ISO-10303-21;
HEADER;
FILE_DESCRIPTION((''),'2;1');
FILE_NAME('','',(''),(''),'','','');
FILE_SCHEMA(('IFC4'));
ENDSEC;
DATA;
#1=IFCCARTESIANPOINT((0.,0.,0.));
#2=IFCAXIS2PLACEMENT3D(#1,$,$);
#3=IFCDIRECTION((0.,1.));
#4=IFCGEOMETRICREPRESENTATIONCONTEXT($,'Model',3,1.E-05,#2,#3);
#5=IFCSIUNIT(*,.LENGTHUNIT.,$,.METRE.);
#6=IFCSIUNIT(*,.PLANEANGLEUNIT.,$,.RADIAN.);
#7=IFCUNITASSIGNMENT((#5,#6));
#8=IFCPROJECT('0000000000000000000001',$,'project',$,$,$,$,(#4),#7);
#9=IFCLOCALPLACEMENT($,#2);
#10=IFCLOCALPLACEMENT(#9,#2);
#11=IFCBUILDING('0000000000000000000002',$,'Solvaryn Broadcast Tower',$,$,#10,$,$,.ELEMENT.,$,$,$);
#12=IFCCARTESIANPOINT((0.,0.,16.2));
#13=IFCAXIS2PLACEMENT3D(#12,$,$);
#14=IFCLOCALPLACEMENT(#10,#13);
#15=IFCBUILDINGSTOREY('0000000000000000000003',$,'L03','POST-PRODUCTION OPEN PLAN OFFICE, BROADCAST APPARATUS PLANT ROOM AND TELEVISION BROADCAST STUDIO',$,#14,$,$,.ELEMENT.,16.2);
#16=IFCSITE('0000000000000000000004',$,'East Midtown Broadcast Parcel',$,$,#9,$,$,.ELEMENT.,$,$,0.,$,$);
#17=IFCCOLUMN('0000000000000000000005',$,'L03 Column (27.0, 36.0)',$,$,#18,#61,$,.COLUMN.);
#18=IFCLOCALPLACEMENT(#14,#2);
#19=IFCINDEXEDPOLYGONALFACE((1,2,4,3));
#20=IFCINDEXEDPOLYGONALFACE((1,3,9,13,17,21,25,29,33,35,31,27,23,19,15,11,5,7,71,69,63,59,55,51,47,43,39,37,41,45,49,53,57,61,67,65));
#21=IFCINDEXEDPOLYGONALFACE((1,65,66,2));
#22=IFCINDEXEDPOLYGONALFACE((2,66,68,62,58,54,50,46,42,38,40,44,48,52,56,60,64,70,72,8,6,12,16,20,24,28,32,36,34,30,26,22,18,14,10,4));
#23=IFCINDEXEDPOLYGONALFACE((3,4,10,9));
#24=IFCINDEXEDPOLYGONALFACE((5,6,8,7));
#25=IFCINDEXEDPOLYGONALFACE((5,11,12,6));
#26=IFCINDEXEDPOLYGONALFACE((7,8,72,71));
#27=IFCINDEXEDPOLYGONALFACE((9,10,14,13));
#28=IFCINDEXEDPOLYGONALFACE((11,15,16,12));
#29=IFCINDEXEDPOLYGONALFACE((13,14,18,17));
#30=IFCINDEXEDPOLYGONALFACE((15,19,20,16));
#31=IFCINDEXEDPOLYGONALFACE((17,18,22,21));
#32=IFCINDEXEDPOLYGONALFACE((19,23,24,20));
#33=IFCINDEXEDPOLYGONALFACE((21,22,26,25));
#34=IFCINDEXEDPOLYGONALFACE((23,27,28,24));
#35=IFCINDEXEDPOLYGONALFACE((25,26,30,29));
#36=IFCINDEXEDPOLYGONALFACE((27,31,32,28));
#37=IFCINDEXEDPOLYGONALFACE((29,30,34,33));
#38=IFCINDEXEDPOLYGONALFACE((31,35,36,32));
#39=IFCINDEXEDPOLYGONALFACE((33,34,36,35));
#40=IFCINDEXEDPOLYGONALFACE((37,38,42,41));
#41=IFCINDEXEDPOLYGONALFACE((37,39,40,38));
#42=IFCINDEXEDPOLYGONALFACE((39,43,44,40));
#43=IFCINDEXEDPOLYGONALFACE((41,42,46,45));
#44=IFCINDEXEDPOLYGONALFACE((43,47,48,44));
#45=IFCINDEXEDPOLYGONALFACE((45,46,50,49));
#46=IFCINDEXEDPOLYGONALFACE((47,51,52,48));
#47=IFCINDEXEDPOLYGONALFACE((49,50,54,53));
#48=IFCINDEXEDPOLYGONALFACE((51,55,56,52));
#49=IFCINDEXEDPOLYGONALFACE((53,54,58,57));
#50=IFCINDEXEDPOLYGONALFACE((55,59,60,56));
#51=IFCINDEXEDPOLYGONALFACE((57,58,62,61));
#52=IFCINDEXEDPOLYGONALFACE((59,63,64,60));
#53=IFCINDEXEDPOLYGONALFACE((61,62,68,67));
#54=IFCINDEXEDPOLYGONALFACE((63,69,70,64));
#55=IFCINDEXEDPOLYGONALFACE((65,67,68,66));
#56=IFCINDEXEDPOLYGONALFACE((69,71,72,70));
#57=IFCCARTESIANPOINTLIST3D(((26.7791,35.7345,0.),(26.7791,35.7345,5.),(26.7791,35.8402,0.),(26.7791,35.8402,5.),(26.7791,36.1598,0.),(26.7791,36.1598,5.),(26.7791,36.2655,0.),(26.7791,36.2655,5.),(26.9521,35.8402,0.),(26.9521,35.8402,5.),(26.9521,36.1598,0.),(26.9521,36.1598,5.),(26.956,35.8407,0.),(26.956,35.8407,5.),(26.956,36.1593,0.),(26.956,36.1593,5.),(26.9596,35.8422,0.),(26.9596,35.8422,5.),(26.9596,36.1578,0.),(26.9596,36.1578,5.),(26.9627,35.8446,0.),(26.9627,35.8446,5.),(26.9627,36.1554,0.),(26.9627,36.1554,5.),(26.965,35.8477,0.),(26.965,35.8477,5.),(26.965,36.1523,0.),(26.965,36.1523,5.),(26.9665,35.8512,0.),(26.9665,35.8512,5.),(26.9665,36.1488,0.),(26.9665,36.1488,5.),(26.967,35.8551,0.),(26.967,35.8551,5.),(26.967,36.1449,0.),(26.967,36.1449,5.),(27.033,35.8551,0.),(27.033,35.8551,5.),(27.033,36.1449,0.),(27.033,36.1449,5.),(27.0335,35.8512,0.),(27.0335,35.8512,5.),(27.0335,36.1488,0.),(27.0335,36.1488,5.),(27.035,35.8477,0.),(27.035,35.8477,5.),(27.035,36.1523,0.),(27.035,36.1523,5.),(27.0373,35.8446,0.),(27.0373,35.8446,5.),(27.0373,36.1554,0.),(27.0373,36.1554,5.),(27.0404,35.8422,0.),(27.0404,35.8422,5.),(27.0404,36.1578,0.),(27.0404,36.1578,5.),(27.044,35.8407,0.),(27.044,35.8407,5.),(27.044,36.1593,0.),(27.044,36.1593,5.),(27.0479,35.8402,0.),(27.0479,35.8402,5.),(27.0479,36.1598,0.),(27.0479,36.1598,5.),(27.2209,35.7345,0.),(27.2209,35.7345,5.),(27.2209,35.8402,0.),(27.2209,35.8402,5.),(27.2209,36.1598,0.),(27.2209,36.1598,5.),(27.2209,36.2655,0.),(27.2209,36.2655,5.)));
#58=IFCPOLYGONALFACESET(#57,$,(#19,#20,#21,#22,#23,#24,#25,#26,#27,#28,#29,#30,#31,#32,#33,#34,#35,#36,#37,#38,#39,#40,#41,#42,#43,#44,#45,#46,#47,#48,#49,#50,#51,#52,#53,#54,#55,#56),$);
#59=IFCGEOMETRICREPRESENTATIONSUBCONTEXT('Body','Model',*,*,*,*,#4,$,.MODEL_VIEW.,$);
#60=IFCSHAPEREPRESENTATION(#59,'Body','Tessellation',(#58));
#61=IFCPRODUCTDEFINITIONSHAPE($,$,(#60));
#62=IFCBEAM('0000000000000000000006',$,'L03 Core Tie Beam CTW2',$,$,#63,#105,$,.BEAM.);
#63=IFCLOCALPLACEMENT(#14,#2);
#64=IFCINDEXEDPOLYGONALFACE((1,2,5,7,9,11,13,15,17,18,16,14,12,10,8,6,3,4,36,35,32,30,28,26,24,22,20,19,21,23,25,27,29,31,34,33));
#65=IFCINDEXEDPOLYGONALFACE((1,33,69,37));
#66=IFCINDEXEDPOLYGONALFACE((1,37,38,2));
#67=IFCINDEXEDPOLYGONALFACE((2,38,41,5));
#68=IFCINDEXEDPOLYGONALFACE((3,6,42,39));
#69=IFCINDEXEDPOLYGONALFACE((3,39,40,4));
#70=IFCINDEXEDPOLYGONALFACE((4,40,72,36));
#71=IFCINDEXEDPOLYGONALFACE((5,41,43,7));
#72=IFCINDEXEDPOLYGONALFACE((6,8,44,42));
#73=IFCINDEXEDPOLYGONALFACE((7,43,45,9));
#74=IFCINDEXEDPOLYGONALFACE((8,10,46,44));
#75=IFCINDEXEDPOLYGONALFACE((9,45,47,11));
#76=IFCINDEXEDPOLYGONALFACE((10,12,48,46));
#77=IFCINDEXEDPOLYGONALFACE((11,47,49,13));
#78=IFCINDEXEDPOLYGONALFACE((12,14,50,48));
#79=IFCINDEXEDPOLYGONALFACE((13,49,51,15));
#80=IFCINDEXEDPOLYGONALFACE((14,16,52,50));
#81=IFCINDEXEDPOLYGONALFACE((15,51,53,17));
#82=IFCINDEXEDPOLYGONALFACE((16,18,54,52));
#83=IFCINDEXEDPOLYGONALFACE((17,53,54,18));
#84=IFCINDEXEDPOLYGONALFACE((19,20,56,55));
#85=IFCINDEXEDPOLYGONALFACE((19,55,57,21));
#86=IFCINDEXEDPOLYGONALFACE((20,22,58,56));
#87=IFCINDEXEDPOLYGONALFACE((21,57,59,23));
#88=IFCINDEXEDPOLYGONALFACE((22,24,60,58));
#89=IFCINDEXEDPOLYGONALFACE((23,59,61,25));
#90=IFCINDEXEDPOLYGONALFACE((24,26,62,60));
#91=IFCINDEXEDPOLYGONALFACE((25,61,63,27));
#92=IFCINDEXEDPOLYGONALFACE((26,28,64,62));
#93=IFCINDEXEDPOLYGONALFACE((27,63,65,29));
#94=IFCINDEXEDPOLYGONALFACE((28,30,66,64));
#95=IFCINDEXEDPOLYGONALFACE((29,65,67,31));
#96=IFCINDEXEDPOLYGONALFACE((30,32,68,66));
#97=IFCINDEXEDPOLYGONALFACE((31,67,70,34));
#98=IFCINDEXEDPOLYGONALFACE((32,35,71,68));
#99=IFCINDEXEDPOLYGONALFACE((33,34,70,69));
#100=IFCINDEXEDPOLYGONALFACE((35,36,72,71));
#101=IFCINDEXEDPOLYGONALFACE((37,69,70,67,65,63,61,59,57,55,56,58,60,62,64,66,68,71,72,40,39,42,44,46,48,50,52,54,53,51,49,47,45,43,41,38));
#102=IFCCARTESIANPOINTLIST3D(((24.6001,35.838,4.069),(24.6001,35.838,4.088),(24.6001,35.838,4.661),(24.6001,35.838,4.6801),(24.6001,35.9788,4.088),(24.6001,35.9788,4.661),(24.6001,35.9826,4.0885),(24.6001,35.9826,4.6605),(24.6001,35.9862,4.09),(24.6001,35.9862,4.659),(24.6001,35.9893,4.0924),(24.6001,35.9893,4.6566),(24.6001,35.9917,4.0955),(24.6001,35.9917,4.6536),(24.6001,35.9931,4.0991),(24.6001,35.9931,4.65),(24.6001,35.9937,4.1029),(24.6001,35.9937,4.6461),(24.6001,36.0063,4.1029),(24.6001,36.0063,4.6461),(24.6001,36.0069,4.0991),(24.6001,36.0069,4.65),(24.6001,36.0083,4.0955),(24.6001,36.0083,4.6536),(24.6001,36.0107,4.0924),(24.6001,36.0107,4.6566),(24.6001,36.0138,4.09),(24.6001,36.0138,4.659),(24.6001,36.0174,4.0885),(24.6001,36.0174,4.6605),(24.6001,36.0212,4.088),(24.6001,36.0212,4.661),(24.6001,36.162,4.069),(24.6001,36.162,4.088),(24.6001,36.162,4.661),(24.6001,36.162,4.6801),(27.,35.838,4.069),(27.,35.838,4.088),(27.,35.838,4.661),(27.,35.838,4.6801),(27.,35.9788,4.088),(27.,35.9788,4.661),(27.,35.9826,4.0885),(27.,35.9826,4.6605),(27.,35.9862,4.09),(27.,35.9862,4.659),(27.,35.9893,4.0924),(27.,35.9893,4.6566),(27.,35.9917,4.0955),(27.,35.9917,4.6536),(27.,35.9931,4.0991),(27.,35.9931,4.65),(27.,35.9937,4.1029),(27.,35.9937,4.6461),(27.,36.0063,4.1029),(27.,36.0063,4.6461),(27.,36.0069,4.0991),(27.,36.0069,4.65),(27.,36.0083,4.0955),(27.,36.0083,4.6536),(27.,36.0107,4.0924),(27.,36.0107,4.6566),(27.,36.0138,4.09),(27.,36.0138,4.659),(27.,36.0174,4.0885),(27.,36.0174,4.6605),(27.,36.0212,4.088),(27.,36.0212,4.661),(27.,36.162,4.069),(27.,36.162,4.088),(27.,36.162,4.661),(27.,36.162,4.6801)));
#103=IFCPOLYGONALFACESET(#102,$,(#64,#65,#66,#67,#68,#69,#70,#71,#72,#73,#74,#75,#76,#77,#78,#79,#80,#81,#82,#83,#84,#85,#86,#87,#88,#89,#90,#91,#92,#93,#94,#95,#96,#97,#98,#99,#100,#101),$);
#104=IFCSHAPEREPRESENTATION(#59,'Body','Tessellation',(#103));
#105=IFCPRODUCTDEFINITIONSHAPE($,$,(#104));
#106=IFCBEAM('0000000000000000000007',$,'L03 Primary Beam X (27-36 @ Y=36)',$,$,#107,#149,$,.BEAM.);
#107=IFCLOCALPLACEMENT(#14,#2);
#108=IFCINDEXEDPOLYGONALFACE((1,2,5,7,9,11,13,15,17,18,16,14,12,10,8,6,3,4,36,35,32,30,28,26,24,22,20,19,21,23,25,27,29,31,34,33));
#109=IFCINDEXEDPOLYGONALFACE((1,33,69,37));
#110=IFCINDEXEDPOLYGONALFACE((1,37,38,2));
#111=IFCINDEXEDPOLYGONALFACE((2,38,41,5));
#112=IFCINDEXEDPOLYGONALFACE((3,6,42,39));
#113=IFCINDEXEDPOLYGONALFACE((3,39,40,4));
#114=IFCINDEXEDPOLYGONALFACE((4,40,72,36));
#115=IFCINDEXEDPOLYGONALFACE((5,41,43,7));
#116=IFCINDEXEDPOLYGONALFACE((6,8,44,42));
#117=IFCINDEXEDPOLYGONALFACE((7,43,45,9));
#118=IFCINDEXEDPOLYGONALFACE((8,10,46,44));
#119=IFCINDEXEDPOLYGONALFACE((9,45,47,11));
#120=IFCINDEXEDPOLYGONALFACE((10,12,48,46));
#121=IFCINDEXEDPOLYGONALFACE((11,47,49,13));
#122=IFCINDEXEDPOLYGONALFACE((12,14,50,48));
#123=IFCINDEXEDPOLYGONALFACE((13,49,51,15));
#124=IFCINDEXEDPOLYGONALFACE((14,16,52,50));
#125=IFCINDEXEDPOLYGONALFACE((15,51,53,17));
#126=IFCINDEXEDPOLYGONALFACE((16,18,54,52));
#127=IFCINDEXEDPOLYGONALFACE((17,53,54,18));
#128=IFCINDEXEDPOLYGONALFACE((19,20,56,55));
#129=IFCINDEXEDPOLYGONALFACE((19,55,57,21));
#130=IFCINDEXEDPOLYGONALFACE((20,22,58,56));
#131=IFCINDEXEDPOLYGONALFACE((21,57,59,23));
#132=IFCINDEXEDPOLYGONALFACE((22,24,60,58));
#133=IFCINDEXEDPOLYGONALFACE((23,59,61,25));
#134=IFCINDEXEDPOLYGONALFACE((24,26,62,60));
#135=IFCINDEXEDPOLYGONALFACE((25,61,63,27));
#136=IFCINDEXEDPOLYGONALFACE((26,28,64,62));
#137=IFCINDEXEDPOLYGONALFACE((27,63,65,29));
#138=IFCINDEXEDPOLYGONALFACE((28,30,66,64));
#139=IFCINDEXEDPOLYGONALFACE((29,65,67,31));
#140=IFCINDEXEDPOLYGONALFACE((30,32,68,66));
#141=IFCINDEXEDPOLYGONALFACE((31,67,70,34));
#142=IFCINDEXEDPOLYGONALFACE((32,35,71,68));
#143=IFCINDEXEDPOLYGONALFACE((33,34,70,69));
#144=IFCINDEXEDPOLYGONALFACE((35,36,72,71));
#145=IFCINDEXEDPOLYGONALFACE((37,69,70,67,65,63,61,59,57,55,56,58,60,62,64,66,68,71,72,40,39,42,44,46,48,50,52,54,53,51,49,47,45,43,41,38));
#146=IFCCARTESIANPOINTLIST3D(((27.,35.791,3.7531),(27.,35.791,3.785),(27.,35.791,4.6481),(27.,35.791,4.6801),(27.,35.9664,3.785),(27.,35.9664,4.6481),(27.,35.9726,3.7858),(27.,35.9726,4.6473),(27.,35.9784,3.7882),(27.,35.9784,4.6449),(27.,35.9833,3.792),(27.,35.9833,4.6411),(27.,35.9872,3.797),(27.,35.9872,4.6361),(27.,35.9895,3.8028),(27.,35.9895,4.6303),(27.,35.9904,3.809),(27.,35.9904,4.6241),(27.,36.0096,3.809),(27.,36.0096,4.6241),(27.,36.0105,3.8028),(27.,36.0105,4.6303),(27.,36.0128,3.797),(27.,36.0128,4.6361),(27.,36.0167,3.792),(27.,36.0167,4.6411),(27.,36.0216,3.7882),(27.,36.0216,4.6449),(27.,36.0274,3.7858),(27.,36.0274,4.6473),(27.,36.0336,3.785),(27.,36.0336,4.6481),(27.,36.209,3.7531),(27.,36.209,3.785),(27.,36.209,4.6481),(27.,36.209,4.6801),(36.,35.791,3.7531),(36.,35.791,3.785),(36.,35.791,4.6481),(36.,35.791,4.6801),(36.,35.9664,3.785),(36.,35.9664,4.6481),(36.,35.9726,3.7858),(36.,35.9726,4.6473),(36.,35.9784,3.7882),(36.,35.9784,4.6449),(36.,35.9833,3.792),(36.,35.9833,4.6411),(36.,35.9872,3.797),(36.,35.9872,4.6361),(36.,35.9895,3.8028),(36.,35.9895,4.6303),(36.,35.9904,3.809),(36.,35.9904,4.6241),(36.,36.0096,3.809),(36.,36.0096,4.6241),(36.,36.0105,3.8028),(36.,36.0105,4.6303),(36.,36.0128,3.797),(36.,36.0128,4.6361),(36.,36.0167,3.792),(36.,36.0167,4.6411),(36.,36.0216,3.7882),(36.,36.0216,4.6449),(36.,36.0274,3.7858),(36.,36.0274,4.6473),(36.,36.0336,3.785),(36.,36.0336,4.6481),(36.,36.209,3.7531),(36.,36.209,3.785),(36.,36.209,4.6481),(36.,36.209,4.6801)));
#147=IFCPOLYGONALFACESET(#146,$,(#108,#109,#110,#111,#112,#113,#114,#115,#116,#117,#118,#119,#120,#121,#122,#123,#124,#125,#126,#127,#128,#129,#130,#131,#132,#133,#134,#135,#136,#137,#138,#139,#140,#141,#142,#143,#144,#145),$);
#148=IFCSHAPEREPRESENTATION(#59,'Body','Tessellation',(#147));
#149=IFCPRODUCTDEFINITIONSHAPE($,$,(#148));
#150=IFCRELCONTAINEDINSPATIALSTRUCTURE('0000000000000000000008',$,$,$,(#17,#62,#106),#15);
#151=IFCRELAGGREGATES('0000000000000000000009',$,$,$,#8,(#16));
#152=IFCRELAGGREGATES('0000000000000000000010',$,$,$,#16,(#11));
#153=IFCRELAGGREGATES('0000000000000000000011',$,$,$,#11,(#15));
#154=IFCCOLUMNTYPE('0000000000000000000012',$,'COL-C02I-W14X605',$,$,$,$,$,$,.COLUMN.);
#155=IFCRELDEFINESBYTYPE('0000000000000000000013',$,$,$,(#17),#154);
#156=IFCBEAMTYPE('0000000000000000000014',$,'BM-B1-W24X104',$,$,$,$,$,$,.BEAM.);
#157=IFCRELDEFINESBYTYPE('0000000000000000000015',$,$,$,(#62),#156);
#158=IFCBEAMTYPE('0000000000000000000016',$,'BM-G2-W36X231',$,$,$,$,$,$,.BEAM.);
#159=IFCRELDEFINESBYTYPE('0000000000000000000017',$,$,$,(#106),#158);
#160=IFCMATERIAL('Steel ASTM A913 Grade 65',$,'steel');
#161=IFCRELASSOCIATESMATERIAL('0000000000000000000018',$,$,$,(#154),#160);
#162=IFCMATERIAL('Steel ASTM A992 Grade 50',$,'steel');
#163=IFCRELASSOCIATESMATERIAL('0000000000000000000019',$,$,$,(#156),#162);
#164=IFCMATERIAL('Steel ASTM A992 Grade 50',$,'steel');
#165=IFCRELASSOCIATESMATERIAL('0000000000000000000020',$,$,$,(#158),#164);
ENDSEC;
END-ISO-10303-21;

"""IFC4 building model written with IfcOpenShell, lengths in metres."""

from ifc_helpers import new_model, si_unit, direction, frame, origin, origin_2d, place, context, subcontext, project, spatial, i_section, extrude, material, material_profile, profile_set, type_object, element, save


model = new_model("IFC4")

# Units and contexts
model_context = context("Model", 3, precision=1e-05, world=origin(), true_north=direction((0.0, 1.0)))
body_context = subcontext(model_context, "Body", "Model", "MODEL_VIEW")
ifc_project = project(units=[si_unit("LENGTHUNIT", "METRE"), si_unit("PLANEANGLEUNIT", "RADIAN")], contexts=[model_context])

# Site, building, storey
site_placement = place(None, origin())
site = spatial("IfcSite", under=ifc_project, at=site_placement, Name="East Midtown Broadcast Parcel", CompositionType="ELEMENT", RefElevation=0.0)
building_placement = place(site_placement, origin())
building = spatial("IfcBuilding", under=site, at=building_placement, Name="Solvaryn Broadcast Tower", CompositionType="ELEMENT")
storey_placement = place(building_placement, frame((0.0, 0.0, 16.2)))
storey = spatial("IfcBuildingStorey", under=building, at=storey_placement, Name="L03", Description="POST-PRODUCTION OPEN PLAN OFFICE, BROADCAST APPARATUS PLANT ROOM AND TELEVISION BROADCAST STUDIO", CompositionType="ELEMENT", Elevation=16.2)

# Column
ifc_material_1 = material(Name="Steel ASTM A913 Grade 65", Category="steel")
ifc_material_profile_1 = material_profile(ifc_material_1, i_section(OverallWidth=0.4419, OverallDepth=0.531, WebThickness=0.0659, FlangeThickness=0.1057, FilletRadius=0.0149, at=origin_2d()))
ifc_profile_set_1 = profile_set([ifc_material_profile_1], Name="Steel ASTM A913 Grade 65")
column_type = type_object("IfcColumnType", Name="COL-C02I-W14X605", PredefinedType="COLUMN", material=ifc_profile_set_1)
column_placement = place(storey_placement, frame((27.0, 36.0, 0.0), z_axis=(0.0, 0.0, 1.0), x_axis=(1.0, 0.0, 0.0)))
element("IfcColumn", 1, at=column_placement, inside=storey, type_object=column_type, Name="L03 Column (27.0, 36.0)", PredefinedType="COLUMN", context=body_context, shape_type="SweptSolid", body=[
    extrude(i_section(OverallWidth=0.4419, OverallDepth=0.531, WebThickness=0.0659, FlangeThickness=0.1057, FilletRadius=0.0149, at=origin_2d()), origin(), (0.0, 0.0, 1.0), 5.0),
])

# Beams
ifc_material_2 = material(Name="Steel ASTM A992 Grade 50", Category="steel")
ifc_material_profile_2 = material_profile(ifc_material_2, i_section(OverallWidth=0.324, OverallDepth=0.6111, WebThickness=0.0127, FlangeThickness=0.019, FilletRadius=0.0149, at=origin_2d()))
ifc_profile_set_2 = profile_set([ifc_material_profile_2], Name="Steel ASTM A992 Grade 50")
beam_type_1 = type_object("IfcBeamType", Name="BM-B1-W24X104", PredefinedType="BEAM", material=ifc_profile_set_2)
beam_1_placement = place(storey_placement, frame((24.6001, 36.0, 4.3745), z_axis=(1.0, 0.0, 0.0), x_axis=(0.0, 1.0, 0.0)))
element("IfcBeam", 2, at=beam_1_placement, inside=storey, type_object=beam_type_1, Name="L03 Core Tie Beam CTW2", PredefinedType="BEAM", context=body_context, shape_type="SweptSolid", body=[
    extrude(i_section(OverallWidth=0.324, OverallDepth=0.6111, WebThickness=0.0127, FlangeThickness=0.019, FilletRadius=0.0149, at=origin_2d()), origin(), (0.0, 0.0, 1.0), 2.3999),
])
ifc_material_3 = material(Name="Steel ASTM A992 Grade 50", Category="steel")
ifc_material_profile_3 = material_profile(ifc_material_3, i_section(OverallWidth=0.418, OverallDepth=0.927, WebThickness=0.0193, FlangeThickness=0.032, FilletRadius=0.0239, at=origin_2d()))
ifc_profile_set_3 = profile_set([ifc_material_profile_3], Name="Steel ASTM A992 Grade 50")
beam_type_2 = type_object("IfcBeamType", Name="BM-G2-W36X231", PredefinedType="BEAM", material=ifc_profile_set_3)
beam_2_placement = place(storey_placement, frame((27.0, 36.0, 4.2166), z_axis=(1.0, 0.0, 0.0), x_axis=(0.0, 1.0, 0.0)))
element("IfcBeam", 3, at=beam_2_placement, inside=storey, type_object=beam_type_2, Name="L03 Primary Beam X (27-36 @ Y=36)", PredefinedType="BEAM", context=body_context, shape_type="SweptSolid", body=[
    extrude(i_section(OverallWidth=0.418, OverallDepth=0.927, WebThickness=0.0193, FlangeThickness=0.032, FilletRadius=0.0239, at=origin_2d()), origin(), (0.0, 0.0, 1.0), 9.0),
])

save(model, "model.ifc")
